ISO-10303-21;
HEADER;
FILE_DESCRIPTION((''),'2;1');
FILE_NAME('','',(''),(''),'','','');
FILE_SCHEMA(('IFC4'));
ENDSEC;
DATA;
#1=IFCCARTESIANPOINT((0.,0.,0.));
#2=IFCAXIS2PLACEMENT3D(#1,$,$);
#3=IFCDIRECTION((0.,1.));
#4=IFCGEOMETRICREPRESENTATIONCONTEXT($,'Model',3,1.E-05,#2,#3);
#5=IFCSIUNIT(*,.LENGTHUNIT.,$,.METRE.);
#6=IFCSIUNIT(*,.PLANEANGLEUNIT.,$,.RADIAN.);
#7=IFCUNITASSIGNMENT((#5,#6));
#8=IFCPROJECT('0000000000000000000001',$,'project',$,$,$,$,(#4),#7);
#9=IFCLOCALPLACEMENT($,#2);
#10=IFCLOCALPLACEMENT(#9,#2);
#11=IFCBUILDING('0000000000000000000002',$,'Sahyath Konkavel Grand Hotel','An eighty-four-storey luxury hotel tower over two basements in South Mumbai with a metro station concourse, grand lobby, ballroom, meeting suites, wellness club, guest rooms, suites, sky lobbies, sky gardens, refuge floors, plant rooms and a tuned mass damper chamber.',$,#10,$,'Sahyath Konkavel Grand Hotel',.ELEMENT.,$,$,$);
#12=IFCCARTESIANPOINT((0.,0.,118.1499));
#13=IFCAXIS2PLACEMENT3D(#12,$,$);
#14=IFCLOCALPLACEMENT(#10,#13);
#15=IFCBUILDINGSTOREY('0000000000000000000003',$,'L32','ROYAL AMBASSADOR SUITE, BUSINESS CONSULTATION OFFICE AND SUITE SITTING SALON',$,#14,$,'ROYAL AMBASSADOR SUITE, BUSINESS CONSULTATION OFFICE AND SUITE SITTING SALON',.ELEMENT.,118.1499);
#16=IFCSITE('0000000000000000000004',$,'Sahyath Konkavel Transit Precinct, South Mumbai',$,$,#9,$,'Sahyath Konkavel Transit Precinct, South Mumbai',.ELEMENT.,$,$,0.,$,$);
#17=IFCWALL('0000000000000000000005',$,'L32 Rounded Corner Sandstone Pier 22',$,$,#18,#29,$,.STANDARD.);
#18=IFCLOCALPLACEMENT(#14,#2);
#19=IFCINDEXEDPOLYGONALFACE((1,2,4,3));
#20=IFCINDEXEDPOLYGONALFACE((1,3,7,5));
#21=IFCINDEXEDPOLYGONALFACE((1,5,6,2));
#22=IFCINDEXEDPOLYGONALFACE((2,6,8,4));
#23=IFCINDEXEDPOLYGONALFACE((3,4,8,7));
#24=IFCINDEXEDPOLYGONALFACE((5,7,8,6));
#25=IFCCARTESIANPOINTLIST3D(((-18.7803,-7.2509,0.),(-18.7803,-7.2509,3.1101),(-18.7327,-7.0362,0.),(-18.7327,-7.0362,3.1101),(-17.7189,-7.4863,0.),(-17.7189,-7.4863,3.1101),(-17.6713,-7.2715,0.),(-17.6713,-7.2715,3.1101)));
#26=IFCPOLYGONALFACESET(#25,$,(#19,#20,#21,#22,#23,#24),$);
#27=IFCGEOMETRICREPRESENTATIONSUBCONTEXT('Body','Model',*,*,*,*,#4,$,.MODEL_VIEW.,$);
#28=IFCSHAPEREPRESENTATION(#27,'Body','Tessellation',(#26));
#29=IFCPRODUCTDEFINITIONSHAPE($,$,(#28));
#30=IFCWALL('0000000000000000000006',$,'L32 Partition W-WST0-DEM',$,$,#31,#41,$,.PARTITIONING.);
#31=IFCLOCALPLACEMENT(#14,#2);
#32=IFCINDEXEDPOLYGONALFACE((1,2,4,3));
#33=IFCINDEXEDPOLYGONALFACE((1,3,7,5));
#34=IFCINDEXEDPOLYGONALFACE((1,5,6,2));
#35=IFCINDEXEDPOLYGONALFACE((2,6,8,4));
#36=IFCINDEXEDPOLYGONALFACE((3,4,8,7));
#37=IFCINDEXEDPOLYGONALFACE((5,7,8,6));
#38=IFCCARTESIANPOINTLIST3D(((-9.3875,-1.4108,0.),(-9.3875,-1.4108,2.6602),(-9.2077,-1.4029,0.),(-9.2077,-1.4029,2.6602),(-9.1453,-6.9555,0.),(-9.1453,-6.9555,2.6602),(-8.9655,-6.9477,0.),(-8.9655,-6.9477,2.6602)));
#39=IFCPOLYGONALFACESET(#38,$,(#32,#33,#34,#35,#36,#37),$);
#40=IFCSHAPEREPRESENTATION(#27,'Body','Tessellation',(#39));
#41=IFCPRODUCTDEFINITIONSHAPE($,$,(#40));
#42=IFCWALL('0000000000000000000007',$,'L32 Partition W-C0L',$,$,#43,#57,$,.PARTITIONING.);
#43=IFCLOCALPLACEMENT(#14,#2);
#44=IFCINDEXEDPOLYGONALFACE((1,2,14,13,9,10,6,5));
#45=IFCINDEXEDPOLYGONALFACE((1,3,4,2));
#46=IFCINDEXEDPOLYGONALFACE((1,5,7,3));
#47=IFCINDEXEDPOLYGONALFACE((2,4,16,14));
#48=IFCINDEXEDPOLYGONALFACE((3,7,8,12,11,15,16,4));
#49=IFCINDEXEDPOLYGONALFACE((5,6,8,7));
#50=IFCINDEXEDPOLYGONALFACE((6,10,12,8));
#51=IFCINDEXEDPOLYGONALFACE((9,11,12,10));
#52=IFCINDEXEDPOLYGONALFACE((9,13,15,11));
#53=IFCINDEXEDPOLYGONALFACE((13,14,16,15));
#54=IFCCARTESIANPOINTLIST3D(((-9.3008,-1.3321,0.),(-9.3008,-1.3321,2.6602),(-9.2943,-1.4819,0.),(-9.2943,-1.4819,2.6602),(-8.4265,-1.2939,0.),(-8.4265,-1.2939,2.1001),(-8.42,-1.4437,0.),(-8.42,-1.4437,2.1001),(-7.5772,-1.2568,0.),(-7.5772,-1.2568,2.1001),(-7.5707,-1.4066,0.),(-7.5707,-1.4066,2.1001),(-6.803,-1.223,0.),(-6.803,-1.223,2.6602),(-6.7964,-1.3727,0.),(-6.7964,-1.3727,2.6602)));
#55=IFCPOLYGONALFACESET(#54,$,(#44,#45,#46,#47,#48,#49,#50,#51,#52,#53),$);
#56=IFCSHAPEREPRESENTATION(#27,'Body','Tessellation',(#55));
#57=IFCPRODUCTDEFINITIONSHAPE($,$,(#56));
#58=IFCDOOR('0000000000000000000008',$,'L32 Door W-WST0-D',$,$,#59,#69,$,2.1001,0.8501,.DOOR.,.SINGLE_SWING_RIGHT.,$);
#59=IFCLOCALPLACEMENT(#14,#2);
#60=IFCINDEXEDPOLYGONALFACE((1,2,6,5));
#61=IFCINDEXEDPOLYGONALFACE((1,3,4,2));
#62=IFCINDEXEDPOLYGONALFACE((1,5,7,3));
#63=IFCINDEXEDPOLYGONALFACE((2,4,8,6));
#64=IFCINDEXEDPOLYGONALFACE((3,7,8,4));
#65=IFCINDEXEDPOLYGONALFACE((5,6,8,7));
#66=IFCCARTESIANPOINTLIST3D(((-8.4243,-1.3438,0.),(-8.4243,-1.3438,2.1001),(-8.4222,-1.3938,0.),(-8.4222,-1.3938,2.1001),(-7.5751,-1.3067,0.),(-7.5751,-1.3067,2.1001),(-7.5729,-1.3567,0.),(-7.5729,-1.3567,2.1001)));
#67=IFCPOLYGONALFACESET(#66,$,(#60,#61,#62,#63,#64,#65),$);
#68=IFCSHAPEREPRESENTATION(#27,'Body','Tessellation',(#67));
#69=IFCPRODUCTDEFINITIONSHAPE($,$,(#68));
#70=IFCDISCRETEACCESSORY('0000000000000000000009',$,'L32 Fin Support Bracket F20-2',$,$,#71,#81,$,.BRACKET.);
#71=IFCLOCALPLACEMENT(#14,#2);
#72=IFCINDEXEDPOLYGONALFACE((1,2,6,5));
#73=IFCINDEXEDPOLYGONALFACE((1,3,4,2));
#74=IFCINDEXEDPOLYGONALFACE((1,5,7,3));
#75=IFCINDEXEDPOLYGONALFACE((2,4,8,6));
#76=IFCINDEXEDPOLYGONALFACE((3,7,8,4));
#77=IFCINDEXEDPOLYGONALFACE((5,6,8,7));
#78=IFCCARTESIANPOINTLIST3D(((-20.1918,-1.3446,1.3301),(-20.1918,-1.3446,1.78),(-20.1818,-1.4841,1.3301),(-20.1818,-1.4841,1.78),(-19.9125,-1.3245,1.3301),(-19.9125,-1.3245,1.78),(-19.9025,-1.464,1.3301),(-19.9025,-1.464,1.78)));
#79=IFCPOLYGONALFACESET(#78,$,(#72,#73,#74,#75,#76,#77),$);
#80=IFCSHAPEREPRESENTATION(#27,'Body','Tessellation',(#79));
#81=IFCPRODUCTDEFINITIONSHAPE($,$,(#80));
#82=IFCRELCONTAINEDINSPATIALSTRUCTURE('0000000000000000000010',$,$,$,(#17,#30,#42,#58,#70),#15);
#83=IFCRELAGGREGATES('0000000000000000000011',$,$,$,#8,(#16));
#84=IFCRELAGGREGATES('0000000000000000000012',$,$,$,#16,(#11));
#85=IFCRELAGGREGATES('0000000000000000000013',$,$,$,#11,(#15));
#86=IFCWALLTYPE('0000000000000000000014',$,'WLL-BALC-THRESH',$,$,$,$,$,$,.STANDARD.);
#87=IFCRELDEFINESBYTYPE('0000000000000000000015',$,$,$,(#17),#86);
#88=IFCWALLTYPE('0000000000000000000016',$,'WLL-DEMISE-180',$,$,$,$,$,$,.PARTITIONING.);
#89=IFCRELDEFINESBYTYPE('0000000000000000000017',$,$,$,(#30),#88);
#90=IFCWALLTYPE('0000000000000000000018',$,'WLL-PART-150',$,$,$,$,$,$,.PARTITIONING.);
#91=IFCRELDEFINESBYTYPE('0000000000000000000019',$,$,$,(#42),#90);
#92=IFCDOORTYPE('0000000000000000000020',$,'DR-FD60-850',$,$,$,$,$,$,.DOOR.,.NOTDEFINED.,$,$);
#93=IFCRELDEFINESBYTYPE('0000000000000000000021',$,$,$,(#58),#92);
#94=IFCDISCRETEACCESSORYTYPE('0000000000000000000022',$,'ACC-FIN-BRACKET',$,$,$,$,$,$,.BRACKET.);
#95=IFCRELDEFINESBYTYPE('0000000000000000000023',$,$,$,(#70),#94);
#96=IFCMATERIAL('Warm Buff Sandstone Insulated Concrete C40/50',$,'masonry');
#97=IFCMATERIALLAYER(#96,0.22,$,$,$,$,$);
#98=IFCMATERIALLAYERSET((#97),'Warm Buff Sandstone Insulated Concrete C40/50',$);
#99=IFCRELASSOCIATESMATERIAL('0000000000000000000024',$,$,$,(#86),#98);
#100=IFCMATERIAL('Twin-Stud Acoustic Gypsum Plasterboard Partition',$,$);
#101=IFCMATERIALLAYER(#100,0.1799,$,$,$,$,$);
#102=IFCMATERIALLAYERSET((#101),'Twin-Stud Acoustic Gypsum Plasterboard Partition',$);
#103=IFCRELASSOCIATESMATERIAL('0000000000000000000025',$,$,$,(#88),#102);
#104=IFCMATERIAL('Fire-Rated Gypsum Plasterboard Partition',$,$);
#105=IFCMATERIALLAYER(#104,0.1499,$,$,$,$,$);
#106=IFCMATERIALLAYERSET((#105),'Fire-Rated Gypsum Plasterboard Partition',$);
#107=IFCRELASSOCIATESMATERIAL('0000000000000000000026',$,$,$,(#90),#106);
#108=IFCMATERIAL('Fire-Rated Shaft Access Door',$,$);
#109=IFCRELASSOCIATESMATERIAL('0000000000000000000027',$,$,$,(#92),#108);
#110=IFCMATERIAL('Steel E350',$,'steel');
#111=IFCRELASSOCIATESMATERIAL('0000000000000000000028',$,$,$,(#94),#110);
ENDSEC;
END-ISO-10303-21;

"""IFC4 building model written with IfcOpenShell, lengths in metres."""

from ifc_helpers import new_model, si_unit, direction, frame, frame_2d, origin, origin_2d, place, context, subcontext, project, spatial, rectangle, extrude, source, transform, mapped, material, layer, layer_set, type_object, element, fill, save


model = new_model("IFC4")

# Units and contexts
model_context = context("Model", 3, precision=1e-05, world=origin(), true_north=direction((0.0, 1.0)))
body_context = subcontext(model_context, "Body", "Model", "MODEL_VIEW")
ifc_project = project(units=[si_unit("LENGTHUNIT", "METRE"), si_unit("PLANEANGLEUNIT", "RADIAN")], contexts=[model_context])

# Site, building, storey
site_placement = place(None, origin())
site = spatial("IfcSite", under=ifc_project, at=site_placement, Name="Sahyath Konkavel Transit Precinct, South Mumbai", LongName="Sahyath Konkavel Transit Precinct, South Mumbai", CompositionType="ELEMENT", RefElevation=0.0)
building_placement = place(site_placement, origin())
building = spatial("IfcBuilding", under=site, at=building_placement, Name="Sahyath Konkavel Grand Hotel", Description="An eighty-four-storey luxury hotel tower over two basements in South Mumbai with a metro station concourse, grand lobby, ballroom, meeting suites, wellness club, guest rooms, suites, sky lobbies, sky gardens, refuge floors, plant rooms and a tuned mass damper chamber.", LongName="Sahyath Konkavel Grand Hotel", CompositionType="ELEMENT")
storey_placement = place(building_placement, frame((0.0, 0.0, 118.1499)))
storey = spatial("IfcBuildingStorey", under=building, at=storey_placement, Name="L32", Description="ROYAL AMBASSADOR SUITE, BUSINESS CONSULTATION OFFICE AND SUITE SITTING SALON", LongName="ROYAL AMBASSADOR SUITE, BUSINESS CONSULTATION OFFICE AND SUITE SITTING SALON", CompositionType="ELEMENT", Elevation=118.1499)

# Shared definitions
ifc_material_1 = material(Name="Steel E350", Category="steel")

# Walls
ifc_material_2 = material(Name="Warm Buff Sandstone Insulated Concrete C40/50", Category="masonry")
ifc_layer_1 = layer(ifc_material_2, 0.22)
ifc_layer_set_1 = layer_set([ifc_layer_1], Name="Warm Buff Sandstone Insulated Concrete C40/50")
wall_type_1 = type_object("IfcWallType", Name="WLL-BALC-THRESH", PredefinedType="STANDARD", material=ifc_layer_set_1)
wall_1_placement = place(storey_placement, frame((-18.7563, -7.1436, 0.0), z_axis=(0.0, 0.0, 1.0), x_axis=(0.976282, -0.216502, 0.0)))
element("IfcWall", 1, at=wall_1_placement, inside=storey, type_object=wall_type_1, Name="L32 Rounded Corner Sandstone Pier 22", PredefinedType="STANDARD", context=body_context, shape_type="SweptSolid", body=[
    extrude(rectangle(XDim=1.0872, YDim=0.22, at=frame_2d((0.5435, 0.0))), origin(), (0.0, 0.0, 1.0), 3.1101),
])
ifc_material_3 = material(Name="Twin-Stud Acoustic Gypsum Plasterboard Partition")
ifc_layer_2 = layer(ifc_material_3, 0.1799)
ifc_layer_set_2 = layer_set([ifc_layer_2], Name="Twin-Stud Acoustic Gypsum Plasterboard Partition")
wall_type_2 = type_object("IfcWallType", Name="WLL-DEMISE-180", PredefinedType="PARTITIONING", material=ifc_layer_set_2)
wall_2_placement = place(storey_placement, frame((-9.2976, -1.407, 0.0), z_axis=(0.0, 0.0, 1.0), x_axis=(0.043638, -0.999047, 0.0)))
element("IfcWall", 2, at=wall_2_placement, inside=storey, type_object=wall_type_2, Name="L32 Partition W-WST0-DEM", PredefinedType="PARTITIONING", context=body_context, shape_type="SweptSolid", body=[
    extrude(rectangle(XDim=5.55, YDim=0.1799, at=frame_2d((2.7749, 0.0))), origin(), (0.0, 0.0, 1.0), 2.6602),
])

# Wall, opening, door
ifc_material_4 = material(Name="Fire-Rated Gypsum Plasterboard Partition")
ifc_layer_3 = layer(ifc_material_4, 0.1499)
ifc_layer_set_3 = layer_set([ifc_layer_3], Name="Fire-Rated Gypsum Plasterboard Partition")
wall_type_3 = type_object("IfcWallType", Name="WLL-PART-150", PredefinedType="PARTITIONING", material=ifc_layer_set_3)
wall_3_placement = place(storey_placement, frame((-6.7998, -1.2979, 0.0), z_axis=(0.0, 0.0, 1.0), x_axis=(-0.999047, -0.043649, 0.0)))
wall_3 = element("IfcWall", 3, at=wall_3_placement, inside=storey, type_object=wall_type_3, Name="L32 Partition W-C0L", PredefinedType="PARTITIONING", context=body_context, shape_type="SweptSolid", body=[
    extrude(rectangle(XDim=2.5002, YDim=0.1499, at=frame_2d((1.25, 0.0))), origin(), (0.0, 0.0, 1.0), 2.6602),
])
opening_placement = place(wall_3_placement, frame((0.7749, 0.0, 0.0)))
opening = element("IfcOpeningElement", 4, at=opening_placement, cuts=wall_3, PredefinedType="OPENING", context=body_context, shape_type="SweptSolid", body=[
    extrude(rectangle(XDim=0.8501, YDim=2.1001, at=frame_2d((0.425, 1.05))), frame((0.0, 0.085, 0.0), z_axis=(0.0, -1.0, 0.0), x_axis=(1.0, 0.0, 0.0)), (0.0, 0.0, 1.0), 0.1699),
])
ifc_material_5 = material(Name="Fire-Rated Shaft Access Door")
door_type = type_object("IfcDoorType", Name="DR-FD60-850", OperationType="NOTDEFINED", PredefinedType="DOOR", material=ifc_material_5)
shared_shape_1 = source(origin(), body_context, "Body", "SweptSolid", [
    extrude(rectangle(XDim=0.8501, YDim=0.05, at=origin_2d()), origin(), (0.0, 0.0, 1.0), 2.1001),
])
door_placement = place(opening_placement, frame((0.425, 0.0, 0.0)))
door = element("IfcDoor", 5, at=door_placement, inside=storey, type_object=door_type, Name="L32 Door W-WST0-D", OperationType="SINGLE_SWING_RIGHT", OverallHeight=2.1001, OverallWidth=0.8501, PredefinedType="DOOR", context=body_context, shape_type="MappedRepresentation", body=[
    mapped(shared_shape_1, transform((0.0, 0.0, 0.0), scale=1.0)),
])
fill(opening, door)

# Discrete accessory
discrete_accessory_type = type_object("IfcDiscreteAccessoryType", Name="ACC-FIN-BRACKET", PredefinedType="BRACKET", material=ifc_material_1)
shared_shape_2 = source(origin(), body_context, "Body", "SweptSolid", [
    extrude(rectangle(XDim=0.28, YDim=0.1399, at=origin_2d()), origin(), (0.0, 0.0, 1.0), 0.45),
])
discrete_accessory_placement = place(storey_placement, frame((-20.0471, -1.4043, 1.3301), z_axis=(0.0, 0.0, 1.0), x_axis=(-0.997436, -0.071567, 0.0)))
element("IfcDiscreteAccessory", 6, at=discrete_accessory_placement, inside=storey, type_object=discrete_accessory_type, Name="L32 Fin Support Bracket F20-2", PredefinedType="BRACKET", context=body_context, shape_type="MappedRepresentation", body=[
    mapped(shared_shape_2, transform((0.0, 0.0, 0.0), scale=1.0)),
])

save(model, "model.ifc")
